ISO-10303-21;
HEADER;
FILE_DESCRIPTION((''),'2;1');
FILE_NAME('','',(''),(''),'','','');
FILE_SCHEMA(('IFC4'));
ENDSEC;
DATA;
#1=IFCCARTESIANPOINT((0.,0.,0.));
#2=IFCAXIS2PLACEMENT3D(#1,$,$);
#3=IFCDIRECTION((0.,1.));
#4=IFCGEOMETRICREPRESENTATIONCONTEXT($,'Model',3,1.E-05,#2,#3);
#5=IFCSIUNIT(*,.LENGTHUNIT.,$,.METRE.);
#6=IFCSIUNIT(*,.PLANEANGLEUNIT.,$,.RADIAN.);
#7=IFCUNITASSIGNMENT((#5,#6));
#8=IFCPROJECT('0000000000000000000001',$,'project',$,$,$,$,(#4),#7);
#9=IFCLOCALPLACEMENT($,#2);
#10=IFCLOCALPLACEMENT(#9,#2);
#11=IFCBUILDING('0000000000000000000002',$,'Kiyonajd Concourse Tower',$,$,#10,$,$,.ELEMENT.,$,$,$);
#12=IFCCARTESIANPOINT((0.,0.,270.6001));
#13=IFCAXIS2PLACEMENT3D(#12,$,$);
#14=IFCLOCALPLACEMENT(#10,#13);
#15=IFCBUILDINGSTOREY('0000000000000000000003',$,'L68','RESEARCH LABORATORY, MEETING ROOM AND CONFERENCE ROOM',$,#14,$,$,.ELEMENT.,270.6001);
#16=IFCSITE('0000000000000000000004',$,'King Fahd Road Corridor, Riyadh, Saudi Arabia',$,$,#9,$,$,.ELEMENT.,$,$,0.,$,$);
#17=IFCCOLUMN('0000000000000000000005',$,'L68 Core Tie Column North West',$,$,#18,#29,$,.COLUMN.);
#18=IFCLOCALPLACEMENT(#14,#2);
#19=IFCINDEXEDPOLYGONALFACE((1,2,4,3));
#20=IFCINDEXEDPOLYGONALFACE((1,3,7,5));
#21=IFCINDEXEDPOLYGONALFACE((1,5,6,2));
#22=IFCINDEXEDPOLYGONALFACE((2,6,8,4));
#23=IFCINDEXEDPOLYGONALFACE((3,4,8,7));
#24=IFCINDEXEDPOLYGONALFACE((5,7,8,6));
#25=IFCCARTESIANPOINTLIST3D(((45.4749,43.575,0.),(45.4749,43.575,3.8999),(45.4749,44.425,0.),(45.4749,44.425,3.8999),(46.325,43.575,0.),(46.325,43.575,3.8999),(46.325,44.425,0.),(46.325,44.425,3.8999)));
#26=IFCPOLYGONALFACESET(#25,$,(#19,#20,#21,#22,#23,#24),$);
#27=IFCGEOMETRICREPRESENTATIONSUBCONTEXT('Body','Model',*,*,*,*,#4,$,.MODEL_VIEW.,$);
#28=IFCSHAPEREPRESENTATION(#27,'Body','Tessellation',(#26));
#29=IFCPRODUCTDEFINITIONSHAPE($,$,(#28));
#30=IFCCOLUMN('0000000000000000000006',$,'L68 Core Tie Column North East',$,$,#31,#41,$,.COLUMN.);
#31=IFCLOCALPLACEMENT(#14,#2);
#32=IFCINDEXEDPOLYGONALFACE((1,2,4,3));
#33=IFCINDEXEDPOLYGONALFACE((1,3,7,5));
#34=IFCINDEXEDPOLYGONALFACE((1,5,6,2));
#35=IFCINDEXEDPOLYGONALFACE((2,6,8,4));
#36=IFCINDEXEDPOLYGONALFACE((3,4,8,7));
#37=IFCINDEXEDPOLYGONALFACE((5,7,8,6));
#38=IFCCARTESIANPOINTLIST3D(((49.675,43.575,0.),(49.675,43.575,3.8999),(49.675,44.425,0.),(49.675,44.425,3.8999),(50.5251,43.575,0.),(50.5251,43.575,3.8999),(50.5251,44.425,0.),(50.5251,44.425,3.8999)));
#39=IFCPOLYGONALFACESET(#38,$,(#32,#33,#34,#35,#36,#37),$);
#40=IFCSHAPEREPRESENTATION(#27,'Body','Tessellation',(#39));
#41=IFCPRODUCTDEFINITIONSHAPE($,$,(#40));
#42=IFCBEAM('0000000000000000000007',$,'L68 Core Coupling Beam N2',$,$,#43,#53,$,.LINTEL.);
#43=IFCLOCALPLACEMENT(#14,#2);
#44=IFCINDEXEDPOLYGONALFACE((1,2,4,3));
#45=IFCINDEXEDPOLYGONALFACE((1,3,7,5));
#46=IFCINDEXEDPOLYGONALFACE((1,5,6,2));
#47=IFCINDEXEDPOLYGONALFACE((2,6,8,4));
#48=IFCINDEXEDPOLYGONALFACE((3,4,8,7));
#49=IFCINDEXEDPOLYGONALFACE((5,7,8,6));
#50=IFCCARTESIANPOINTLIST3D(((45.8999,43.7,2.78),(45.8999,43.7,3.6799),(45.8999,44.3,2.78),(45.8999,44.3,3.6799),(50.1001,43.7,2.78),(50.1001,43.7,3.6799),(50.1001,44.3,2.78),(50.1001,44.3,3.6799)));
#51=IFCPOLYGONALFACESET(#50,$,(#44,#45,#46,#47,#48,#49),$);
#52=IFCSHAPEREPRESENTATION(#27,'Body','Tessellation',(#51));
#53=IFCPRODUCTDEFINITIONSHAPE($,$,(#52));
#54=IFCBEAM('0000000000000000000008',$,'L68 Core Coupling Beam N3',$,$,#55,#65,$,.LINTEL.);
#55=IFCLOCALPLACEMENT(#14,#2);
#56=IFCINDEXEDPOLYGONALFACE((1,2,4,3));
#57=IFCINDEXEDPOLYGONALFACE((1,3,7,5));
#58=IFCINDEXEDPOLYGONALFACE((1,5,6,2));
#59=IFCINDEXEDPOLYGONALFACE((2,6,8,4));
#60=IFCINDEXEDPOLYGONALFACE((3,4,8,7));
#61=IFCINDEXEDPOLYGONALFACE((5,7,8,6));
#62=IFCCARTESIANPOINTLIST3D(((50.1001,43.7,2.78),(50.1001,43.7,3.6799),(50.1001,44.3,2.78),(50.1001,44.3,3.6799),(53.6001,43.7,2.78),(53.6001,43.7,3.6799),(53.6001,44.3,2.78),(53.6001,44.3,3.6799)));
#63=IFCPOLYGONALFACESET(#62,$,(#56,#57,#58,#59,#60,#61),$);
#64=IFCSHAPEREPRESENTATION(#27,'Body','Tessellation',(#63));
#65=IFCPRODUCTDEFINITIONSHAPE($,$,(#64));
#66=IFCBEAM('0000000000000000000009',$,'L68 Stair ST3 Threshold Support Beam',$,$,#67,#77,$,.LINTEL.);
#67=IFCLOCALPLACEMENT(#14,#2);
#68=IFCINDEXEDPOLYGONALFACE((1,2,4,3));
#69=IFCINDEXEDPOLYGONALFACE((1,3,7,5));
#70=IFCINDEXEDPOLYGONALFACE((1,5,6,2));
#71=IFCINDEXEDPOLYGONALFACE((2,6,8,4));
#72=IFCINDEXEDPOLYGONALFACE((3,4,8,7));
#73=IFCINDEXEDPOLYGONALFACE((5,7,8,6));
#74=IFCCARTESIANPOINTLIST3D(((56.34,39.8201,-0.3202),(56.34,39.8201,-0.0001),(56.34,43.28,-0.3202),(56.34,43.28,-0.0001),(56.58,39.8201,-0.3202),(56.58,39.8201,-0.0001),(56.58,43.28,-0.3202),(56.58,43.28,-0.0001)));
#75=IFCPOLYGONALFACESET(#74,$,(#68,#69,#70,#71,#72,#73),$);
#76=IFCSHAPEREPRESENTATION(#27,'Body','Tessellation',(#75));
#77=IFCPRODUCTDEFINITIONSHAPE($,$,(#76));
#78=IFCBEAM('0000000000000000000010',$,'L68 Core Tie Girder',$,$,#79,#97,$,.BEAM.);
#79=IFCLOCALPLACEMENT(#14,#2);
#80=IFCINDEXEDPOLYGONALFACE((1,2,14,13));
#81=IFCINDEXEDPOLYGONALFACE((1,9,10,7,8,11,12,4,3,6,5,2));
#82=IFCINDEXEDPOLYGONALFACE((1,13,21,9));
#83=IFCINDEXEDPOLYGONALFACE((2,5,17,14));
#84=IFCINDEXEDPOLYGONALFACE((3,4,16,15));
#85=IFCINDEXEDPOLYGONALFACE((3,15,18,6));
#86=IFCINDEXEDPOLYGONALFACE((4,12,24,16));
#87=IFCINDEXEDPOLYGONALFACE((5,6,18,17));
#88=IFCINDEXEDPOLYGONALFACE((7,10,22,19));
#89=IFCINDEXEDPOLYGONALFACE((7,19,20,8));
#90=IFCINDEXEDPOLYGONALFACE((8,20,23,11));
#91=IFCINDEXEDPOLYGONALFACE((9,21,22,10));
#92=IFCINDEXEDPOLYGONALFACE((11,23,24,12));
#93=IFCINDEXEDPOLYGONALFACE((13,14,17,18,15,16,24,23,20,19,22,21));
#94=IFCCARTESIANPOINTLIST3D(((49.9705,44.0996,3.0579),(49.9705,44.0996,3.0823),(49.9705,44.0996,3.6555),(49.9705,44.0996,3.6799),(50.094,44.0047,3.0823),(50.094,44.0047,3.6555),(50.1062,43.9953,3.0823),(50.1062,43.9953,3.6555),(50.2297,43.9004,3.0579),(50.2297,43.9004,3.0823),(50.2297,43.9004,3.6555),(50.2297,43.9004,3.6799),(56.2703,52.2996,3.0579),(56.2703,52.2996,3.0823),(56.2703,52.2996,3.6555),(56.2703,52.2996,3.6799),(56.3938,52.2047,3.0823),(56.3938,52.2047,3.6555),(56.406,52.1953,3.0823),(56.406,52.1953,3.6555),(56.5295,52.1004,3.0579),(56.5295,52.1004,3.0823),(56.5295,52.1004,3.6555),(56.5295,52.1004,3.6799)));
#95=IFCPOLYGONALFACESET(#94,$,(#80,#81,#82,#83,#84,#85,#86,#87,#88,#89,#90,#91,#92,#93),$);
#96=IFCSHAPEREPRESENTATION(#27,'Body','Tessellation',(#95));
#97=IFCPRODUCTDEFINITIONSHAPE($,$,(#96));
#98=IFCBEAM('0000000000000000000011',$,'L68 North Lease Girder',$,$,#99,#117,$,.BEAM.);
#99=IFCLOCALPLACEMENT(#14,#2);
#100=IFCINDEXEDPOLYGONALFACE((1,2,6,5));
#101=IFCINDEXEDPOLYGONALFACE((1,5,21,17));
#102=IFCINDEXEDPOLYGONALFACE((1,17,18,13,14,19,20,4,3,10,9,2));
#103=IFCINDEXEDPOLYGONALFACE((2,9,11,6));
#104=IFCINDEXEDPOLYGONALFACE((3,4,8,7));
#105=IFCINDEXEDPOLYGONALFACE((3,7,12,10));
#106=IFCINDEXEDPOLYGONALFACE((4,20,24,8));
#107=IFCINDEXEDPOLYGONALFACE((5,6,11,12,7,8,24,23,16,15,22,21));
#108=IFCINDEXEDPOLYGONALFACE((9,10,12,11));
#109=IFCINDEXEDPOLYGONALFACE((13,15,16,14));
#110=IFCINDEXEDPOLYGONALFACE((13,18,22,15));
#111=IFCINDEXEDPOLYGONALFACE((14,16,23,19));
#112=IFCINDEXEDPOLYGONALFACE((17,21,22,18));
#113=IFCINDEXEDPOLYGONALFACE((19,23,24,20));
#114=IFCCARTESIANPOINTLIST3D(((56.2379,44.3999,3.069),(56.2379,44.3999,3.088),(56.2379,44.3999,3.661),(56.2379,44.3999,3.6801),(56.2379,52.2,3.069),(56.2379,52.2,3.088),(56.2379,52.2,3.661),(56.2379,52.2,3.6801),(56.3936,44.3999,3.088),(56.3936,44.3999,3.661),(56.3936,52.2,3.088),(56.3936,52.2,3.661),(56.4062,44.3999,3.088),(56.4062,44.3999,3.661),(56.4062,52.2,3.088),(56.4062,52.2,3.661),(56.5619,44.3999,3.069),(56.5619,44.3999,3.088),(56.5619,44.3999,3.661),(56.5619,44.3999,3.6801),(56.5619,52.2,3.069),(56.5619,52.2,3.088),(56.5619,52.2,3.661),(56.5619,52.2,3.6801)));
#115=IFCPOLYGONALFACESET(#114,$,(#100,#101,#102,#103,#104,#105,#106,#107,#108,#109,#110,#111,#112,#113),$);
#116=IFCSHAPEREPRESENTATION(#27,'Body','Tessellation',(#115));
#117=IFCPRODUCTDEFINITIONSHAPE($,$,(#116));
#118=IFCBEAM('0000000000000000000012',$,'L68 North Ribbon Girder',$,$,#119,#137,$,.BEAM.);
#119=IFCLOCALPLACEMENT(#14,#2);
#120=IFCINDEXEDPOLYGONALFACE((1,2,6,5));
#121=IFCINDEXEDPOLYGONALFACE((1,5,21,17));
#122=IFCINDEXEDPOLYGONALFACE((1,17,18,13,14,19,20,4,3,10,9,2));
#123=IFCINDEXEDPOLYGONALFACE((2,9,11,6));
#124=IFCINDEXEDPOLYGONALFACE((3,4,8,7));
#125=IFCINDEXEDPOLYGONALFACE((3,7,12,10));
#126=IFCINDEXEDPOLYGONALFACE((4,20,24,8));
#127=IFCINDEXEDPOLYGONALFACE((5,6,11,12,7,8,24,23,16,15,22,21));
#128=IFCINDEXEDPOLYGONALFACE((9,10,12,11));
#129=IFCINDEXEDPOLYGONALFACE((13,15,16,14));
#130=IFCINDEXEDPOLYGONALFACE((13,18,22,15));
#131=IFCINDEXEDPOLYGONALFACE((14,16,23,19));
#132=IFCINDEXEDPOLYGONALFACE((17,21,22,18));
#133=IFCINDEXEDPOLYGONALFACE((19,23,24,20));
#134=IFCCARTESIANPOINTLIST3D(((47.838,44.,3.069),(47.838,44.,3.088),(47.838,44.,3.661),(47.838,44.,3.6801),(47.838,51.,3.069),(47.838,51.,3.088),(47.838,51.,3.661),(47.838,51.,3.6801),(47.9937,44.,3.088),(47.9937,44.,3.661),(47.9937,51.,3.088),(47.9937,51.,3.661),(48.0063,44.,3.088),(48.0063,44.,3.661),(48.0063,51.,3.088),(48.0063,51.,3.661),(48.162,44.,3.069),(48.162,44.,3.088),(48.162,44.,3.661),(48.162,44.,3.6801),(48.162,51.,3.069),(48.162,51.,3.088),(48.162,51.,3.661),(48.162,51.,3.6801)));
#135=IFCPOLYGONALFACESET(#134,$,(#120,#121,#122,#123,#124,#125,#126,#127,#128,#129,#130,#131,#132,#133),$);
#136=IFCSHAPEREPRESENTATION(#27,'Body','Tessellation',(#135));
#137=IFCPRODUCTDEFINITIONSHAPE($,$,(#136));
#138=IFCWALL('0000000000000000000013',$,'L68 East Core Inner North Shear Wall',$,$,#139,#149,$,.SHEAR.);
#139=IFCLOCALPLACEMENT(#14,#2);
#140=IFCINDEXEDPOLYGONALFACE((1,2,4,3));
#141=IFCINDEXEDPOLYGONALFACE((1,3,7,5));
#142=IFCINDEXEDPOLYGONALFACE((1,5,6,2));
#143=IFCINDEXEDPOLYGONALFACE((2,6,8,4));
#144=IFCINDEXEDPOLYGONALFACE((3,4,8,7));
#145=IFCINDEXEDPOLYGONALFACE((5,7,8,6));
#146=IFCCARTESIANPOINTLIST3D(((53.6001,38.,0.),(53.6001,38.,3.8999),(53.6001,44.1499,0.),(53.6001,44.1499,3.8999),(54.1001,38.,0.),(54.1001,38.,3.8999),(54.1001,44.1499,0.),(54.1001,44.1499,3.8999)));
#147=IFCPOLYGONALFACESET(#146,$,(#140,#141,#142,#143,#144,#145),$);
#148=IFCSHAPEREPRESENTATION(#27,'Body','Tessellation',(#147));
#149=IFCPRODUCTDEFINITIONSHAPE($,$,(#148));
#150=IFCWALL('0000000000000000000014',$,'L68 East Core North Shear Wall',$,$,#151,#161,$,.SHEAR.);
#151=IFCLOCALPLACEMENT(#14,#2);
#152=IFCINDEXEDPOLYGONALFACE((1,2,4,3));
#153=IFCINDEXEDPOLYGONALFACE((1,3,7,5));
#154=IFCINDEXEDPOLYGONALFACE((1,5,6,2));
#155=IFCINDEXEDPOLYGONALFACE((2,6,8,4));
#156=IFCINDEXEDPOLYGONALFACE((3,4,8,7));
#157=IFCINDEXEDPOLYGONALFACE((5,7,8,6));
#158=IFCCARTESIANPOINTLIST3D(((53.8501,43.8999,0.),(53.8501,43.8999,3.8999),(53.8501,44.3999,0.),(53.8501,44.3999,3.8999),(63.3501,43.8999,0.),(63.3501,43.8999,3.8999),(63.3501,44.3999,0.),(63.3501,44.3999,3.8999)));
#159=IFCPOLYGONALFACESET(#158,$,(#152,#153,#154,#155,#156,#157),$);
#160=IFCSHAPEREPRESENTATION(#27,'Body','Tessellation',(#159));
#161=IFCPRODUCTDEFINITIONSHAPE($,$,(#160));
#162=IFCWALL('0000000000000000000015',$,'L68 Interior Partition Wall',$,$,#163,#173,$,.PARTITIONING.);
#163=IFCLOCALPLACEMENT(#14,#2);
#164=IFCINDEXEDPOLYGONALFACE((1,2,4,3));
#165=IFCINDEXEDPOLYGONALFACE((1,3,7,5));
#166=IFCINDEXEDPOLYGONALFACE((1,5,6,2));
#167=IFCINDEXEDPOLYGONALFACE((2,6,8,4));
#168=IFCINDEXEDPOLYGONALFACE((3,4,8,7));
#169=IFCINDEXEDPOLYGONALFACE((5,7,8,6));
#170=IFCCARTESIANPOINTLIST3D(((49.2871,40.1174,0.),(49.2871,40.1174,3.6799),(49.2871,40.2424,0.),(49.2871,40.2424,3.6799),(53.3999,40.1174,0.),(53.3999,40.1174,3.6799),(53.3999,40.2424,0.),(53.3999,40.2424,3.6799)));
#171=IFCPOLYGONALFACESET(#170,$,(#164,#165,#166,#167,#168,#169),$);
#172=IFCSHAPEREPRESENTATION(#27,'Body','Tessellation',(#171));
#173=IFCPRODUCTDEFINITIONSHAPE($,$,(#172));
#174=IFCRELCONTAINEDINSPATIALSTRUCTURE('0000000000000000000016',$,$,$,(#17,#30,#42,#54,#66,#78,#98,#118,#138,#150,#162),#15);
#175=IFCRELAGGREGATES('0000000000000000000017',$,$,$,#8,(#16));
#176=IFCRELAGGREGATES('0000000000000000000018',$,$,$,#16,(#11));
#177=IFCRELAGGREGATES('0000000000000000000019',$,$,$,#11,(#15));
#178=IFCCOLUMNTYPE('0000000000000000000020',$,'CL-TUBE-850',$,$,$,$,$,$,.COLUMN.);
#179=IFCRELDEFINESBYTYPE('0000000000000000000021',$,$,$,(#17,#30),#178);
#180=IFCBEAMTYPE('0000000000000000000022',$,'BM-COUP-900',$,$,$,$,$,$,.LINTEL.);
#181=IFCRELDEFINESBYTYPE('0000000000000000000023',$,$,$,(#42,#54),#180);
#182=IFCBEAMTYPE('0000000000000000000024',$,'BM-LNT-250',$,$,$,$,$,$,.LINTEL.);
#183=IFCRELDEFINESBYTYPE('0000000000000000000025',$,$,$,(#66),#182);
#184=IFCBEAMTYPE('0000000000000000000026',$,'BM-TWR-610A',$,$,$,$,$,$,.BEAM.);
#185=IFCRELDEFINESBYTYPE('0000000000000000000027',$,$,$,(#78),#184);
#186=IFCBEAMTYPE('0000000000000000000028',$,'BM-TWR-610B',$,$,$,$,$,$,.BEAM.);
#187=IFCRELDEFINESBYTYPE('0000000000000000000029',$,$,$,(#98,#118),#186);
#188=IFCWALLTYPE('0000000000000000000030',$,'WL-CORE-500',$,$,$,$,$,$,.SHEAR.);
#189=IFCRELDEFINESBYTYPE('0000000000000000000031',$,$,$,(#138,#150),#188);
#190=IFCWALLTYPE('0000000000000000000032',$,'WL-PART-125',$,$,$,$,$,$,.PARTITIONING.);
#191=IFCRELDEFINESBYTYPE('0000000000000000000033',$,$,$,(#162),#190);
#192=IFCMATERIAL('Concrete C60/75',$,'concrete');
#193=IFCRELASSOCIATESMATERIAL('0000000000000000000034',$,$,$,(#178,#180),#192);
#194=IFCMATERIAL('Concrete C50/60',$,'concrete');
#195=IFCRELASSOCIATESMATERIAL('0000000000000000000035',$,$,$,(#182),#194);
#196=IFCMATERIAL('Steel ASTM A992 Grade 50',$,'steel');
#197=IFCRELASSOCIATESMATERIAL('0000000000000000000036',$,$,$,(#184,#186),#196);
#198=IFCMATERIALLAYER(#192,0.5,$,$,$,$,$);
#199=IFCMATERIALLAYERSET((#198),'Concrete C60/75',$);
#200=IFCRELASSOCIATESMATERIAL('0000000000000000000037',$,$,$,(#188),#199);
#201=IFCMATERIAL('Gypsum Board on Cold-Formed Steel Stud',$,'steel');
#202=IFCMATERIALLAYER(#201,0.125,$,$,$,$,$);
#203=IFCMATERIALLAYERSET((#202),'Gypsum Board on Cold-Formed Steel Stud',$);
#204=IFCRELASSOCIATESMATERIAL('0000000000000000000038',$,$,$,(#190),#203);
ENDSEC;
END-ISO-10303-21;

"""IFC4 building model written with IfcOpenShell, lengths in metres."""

from ifc_helpers import new_model, si_unit, direction, frame, frame_2d, origin, origin_2d, place, context, subcontext, project, spatial, rectangle, i_section, extrude, material, layer, layer_set, material_profile, profile_set, type_object, element, save


model = new_model("IFC4")

# Units and contexts
model_context = context("Model", 3, precision=1e-05, world=origin(), true_north=direction((0.0, 1.0)))
body_context = subcontext(model_context, "Body", "Model", "MODEL_VIEW")
ifc_project = project(units=[si_unit("LENGTHUNIT", "METRE"), si_unit("PLANEANGLEUNIT", "RADIAN")], contexts=[model_context])

# Site, building, storey
site_placement = place(None, origin())
site = spatial("IfcSite", under=ifc_project, at=site_placement, Name="King Fahd Road Corridor, Riyadh, Saudi Arabia", CompositionType="ELEMENT", RefElevation=0.0)
building_placement = place(site_placement, origin())
building = spatial("IfcBuilding", under=site, at=building_placement, Name="Kiyonajd Concourse Tower", CompositionType="ELEMENT")
storey_placement = place(building_placement, frame((0.0, 0.0, 270.6001)))
storey = spatial("IfcBuildingStorey", under=building, at=storey_placement, Name="L68", Description="RESEARCH LABORATORY, MEETING ROOM AND CONFERENCE ROOM", CompositionType="ELEMENT", Elevation=270.6001)

# Columns
ifc_material_1 = material(Name="Concrete C60/75", Category="concrete")
ifc_material_profile_1 = material_profile(ifc_material_1, rectangle(XDim=0.8501, YDim=0.8501, at=origin_2d()), Name="RC-850x850")
ifc_profile_set_1 = profile_set([ifc_material_profile_1], Name="Concrete C60/75")
column_type = type_object("IfcColumnType", Name="CL-TUBE-850", PredefinedType="COLUMN", material=ifc_profile_set_1)
for number, where, z_axis, x_axis, name in (
    (1, (45.8999, 44.0, 0.0), (0.0, 0.0, 1.0), (1.0, 0.0, 0.0), "L68 Core Tie Column North West"),
    (2, (50.1001, 44.0, 0.0), (0.0, 0.0, 1.0), (1.0, 0.0, 0.0), "L68 Core Tie Column North East"),
):
    element("IfcColumn", number, at=place(storey_placement, frame(where, z_axis=z_axis, x_axis=x_axis)), inside=storey, type_object=column_type, Name=name, PredefinedType="COLUMN", context=body_context, shape_type="SweptSolid", body=[
        extrude(rectangle(XDim=0.8501, YDim=0.8501, at=origin_2d()), origin(), (0.0, 0.0, 1.0), 3.8999),
    ])

# Beams
ifc_material_profile_2 = material_profile(ifc_material_1, rectangle(XDim=0.6001, YDim=0.8999, at=origin_2d()), Name="RCBM-600x900")
ifc_profile_set_2 = profile_set([ifc_material_profile_2], Name="Concrete C60/75")
beam_type_1 = type_object("IfcBeamType", Name="BM-COUP-900", PredefinedType="LINTEL", material=ifc_profile_set_2)
beam_1_placement = place(storey_placement, frame((45.8999, 44.0, 3.23), z_axis=(1.0, 0.0, 0.0), x_axis=(0.0, 1.0, 0.0)))
element("IfcBeam", 3, at=beam_1_placement, inside=storey, type_object=beam_type_1, Name="L68 Core Coupling Beam N2", PredefinedType="LINTEL", context=body_context, shape_type="SweptSolid", body=[
    extrude(rectangle(XDim=0.6001, YDim=0.8999, at=origin_2d()), origin(), (0.0, 0.0, 1.0), 4.2002),
])
beam_2_placement = place(storey_placement, frame((50.1001, 44.0, 3.23), z_axis=(1.0, 0.0, 0.0), x_axis=(0.0, 1.0, 0.0)))
element("IfcBeam", 4, at=beam_2_placement, inside=storey, type_object=beam_type_1, Name="L68 Core Coupling Beam N3", PredefinedType="LINTEL", context=body_context, shape_type="SweptSolid", body=[
    extrude(rectangle(XDim=0.6001, YDim=0.8999, at=origin_2d()), origin(), (0.0, 0.0, 1.0), 3.5),
])
ifc_material_2 = material(Name="Concrete C50/60", Category="concrete")
ifc_material_profile_3 = material_profile(ifc_material_2, rectangle(XDim=0.24, YDim=0.3201, at=origin_2d()), Name="RCBM-240x320")
ifc_profile_set_3 = profile_set([ifc_material_profile_3], Name="Concrete C50/60")
beam_type_2 = type_object("IfcBeamType", Name="BM-LNT-250", PredefinedType="LINTEL", material=ifc_profile_set_3)
beam_3_placement = place(storey_placement, frame((56.46, 39.8201, -0.1602), z_axis=(0.0, 1.0, 0.0), x_axis=(-1.0, 0.0, 0.0)))
element("IfcBeam", 5, at=beam_3_placement, inside=storey, type_object=beam_type_2, Name="L68 Stair ST3 Threshold Support Beam", PredefinedType="LINTEL", context=body_context, shape_type="SweptSolid", body=[
    extrude(rectangle(XDim=0.24, YDim=0.3201, at=origin_2d()), origin(), (0.0, 0.0, 1.0), 3.46),
])
ifc_material_3 = material(Name="Steel ASTM A992 Grade 50", Category="steel")
ifc_material_profile_4 = material_profile(ifc_material_3, i_section(OverallWidth=0.3269, OverallDepth=0.6221, WebThickness=0.0154, FlangeThickness=0.0244, at=origin_2d()), Name="W610X195")
ifc_profile_set_4 = profile_set([ifc_material_profile_4], Name="Steel ASTM A992 Grade 50")
beam_type_3 = type_object("IfcBeamType", Name="BM-TWR-610A", PredefinedType="BEAM", material=ifc_profile_set_4)
beam_4_placement = place(storey_placement, frame((50.1001, 44.0, 3.3689), z_axis=(0.609234, 0.792991, 0.0), x_axis=(-0.792991, 0.609234, 0.0)))
element("IfcBeam", 6, at=beam_4_placement, inside=storey, type_object=beam_type_3, Name="L68 Core Tie Girder", PredefinedType="BEAM", context=body_context, shape_type="SweptSolid", body=[
    extrude(i_section(OverallWidth=0.3269, OverallDepth=0.6221, WebThickness=0.0154, FlangeThickness=0.0244, at=origin_2d()), origin(), (0.0, 0.0, 1.0), 10.3406),
])
ifc_material_profile_5 = material_profile(ifc_material_3, i_section(OverallWidth=0.324, OverallDepth=0.6111, WebThickness=0.0127, FlangeThickness=0.019, at=origin_2d()), Name="W610X155")
ifc_profile_set_5 = profile_set([ifc_material_profile_5], Name="Steel ASTM A992 Grade 50")
beam_type_4 = type_object("IfcBeamType", Name="BM-TWR-610B", PredefinedType="BEAM", material=ifc_profile_set_5)
beam_5_placement = place(storey_placement, frame((56.3999, 44.3999, 3.3745), z_axis=(0.0, 1.0, 0.0), x_axis=(-1.0, 0.0, 0.0)))
element("IfcBeam", 7, at=beam_5_placement, inside=storey, type_object=beam_type_4, Name="L68 North Lease Girder", PredefinedType="BEAM", context=body_context, shape_type="SweptSolid", body=[
    extrude(i_section(OverallWidth=0.324, OverallDepth=0.6111, WebThickness=0.0127, FlangeThickness=0.019, at=origin_2d()), origin(), (0.0, 0.0, 1.0), 7.8),
])
beam_6_placement = place(storey_placement, frame((48.0, 44.0, 3.3745), z_axis=(0.0, 1.0, 0.0), x_axis=(-1.0, 0.0, 0.0)))
element("IfcBeam", 8, at=beam_6_placement, inside=storey, type_object=beam_type_4, Name="L68 North Ribbon Girder", PredefinedType="BEAM", context=body_context, shape_type="SweptSolid", body=[
    extrude(i_section(OverallWidth=0.324, OverallDepth=0.6111, WebThickness=0.0127, FlangeThickness=0.019, at=origin_2d()), origin(), (0.0, 0.0, 1.0), 7.0),
])

# Walls
ifc_layer_1 = layer(ifc_material_1, 0.5)
ifc_layer_set_1 = layer_set([ifc_layer_1], Name="Concrete C60/75")
wall_type_1 = type_object("IfcWallType", Name="WL-CORE-500", PredefinedType="SHEAR", material=ifc_layer_set_1)
wall_1_placement = place(storey_placement, frame((53.8501, 38.0, 0.0), z_axis=(0.0, 0.0, 1.0), x_axis=(0.0, 1.0, 0.0)))
element("IfcWall", 9, at=wall_1_placement, inside=storey, type_object=wall_type_1, Name="L68 East Core Inner North Shear Wall", PredefinedType="SHEAR", context=body_context, shape_type="SweptSolid", body=[
    extrude(rectangle(XDim=6.1499, YDim=0.5, at=frame_2d((3.075, 0.0))), origin(), (0.0, 0.0, 1.0), 3.8999),
])
wall_2_placement = place(storey_placement, frame((53.8501, 44.1499, 0.0), z_axis=(0.0, 0.0, 1.0), x_axis=(1.0, 0.0, 0.0)))
element("IfcWall", 10, at=wall_2_placement, inside=storey, type_object=wall_type_1, Name="L68 East Core North Shear Wall", PredefinedType="SHEAR", context=body_context, shape_type="SweptSolid", body=[
    extrude(rectangle(XDim=9.5, YDim=0.5, at=frame_2d((4.75, 0.0))), origin(), (0.0, 0.0, 1.0), 3.8999),
])
ifc_material_4 = material(Name="Gypsum Board on Cold-Formed Steel Stud", Category="steel")
ifc_layer_2 = layer(ifc_material_4, 0.125)
ifc_layer_set_2 = layer_set([ifc_layer_2], Name="Gypsum Board on Cold-Formed Steel Stud")
wall_type_2 = type_object("IfcWallType", Name="WL-PART-125", PredefinedType="PARTITIONING", material=ifc_layer_set_2)
wall_3_placement = place(storey_placement, frame((49.2871, 40.1799, 0.0), z_axis=(0.0, 0.0, 1.0), x_axis=(1.0, 0.0, 0.0)))
element("IfcWall", 11, at=wall_3_placement, inside=storey, type_object=wall_type_2, Name="L68 Interior Partition Wall", PredefinedType="PARTITIONING", context=body_context, shape_type="SweptSolid", body=[
    extrude(rectangle(XDim=4.1128, YDim=0.125, at=frame_2d((2.0564, 0.0))), origin(), (0.0, 0.0, 1.0), 3.6799),
])

save(model, "model.ifc")
